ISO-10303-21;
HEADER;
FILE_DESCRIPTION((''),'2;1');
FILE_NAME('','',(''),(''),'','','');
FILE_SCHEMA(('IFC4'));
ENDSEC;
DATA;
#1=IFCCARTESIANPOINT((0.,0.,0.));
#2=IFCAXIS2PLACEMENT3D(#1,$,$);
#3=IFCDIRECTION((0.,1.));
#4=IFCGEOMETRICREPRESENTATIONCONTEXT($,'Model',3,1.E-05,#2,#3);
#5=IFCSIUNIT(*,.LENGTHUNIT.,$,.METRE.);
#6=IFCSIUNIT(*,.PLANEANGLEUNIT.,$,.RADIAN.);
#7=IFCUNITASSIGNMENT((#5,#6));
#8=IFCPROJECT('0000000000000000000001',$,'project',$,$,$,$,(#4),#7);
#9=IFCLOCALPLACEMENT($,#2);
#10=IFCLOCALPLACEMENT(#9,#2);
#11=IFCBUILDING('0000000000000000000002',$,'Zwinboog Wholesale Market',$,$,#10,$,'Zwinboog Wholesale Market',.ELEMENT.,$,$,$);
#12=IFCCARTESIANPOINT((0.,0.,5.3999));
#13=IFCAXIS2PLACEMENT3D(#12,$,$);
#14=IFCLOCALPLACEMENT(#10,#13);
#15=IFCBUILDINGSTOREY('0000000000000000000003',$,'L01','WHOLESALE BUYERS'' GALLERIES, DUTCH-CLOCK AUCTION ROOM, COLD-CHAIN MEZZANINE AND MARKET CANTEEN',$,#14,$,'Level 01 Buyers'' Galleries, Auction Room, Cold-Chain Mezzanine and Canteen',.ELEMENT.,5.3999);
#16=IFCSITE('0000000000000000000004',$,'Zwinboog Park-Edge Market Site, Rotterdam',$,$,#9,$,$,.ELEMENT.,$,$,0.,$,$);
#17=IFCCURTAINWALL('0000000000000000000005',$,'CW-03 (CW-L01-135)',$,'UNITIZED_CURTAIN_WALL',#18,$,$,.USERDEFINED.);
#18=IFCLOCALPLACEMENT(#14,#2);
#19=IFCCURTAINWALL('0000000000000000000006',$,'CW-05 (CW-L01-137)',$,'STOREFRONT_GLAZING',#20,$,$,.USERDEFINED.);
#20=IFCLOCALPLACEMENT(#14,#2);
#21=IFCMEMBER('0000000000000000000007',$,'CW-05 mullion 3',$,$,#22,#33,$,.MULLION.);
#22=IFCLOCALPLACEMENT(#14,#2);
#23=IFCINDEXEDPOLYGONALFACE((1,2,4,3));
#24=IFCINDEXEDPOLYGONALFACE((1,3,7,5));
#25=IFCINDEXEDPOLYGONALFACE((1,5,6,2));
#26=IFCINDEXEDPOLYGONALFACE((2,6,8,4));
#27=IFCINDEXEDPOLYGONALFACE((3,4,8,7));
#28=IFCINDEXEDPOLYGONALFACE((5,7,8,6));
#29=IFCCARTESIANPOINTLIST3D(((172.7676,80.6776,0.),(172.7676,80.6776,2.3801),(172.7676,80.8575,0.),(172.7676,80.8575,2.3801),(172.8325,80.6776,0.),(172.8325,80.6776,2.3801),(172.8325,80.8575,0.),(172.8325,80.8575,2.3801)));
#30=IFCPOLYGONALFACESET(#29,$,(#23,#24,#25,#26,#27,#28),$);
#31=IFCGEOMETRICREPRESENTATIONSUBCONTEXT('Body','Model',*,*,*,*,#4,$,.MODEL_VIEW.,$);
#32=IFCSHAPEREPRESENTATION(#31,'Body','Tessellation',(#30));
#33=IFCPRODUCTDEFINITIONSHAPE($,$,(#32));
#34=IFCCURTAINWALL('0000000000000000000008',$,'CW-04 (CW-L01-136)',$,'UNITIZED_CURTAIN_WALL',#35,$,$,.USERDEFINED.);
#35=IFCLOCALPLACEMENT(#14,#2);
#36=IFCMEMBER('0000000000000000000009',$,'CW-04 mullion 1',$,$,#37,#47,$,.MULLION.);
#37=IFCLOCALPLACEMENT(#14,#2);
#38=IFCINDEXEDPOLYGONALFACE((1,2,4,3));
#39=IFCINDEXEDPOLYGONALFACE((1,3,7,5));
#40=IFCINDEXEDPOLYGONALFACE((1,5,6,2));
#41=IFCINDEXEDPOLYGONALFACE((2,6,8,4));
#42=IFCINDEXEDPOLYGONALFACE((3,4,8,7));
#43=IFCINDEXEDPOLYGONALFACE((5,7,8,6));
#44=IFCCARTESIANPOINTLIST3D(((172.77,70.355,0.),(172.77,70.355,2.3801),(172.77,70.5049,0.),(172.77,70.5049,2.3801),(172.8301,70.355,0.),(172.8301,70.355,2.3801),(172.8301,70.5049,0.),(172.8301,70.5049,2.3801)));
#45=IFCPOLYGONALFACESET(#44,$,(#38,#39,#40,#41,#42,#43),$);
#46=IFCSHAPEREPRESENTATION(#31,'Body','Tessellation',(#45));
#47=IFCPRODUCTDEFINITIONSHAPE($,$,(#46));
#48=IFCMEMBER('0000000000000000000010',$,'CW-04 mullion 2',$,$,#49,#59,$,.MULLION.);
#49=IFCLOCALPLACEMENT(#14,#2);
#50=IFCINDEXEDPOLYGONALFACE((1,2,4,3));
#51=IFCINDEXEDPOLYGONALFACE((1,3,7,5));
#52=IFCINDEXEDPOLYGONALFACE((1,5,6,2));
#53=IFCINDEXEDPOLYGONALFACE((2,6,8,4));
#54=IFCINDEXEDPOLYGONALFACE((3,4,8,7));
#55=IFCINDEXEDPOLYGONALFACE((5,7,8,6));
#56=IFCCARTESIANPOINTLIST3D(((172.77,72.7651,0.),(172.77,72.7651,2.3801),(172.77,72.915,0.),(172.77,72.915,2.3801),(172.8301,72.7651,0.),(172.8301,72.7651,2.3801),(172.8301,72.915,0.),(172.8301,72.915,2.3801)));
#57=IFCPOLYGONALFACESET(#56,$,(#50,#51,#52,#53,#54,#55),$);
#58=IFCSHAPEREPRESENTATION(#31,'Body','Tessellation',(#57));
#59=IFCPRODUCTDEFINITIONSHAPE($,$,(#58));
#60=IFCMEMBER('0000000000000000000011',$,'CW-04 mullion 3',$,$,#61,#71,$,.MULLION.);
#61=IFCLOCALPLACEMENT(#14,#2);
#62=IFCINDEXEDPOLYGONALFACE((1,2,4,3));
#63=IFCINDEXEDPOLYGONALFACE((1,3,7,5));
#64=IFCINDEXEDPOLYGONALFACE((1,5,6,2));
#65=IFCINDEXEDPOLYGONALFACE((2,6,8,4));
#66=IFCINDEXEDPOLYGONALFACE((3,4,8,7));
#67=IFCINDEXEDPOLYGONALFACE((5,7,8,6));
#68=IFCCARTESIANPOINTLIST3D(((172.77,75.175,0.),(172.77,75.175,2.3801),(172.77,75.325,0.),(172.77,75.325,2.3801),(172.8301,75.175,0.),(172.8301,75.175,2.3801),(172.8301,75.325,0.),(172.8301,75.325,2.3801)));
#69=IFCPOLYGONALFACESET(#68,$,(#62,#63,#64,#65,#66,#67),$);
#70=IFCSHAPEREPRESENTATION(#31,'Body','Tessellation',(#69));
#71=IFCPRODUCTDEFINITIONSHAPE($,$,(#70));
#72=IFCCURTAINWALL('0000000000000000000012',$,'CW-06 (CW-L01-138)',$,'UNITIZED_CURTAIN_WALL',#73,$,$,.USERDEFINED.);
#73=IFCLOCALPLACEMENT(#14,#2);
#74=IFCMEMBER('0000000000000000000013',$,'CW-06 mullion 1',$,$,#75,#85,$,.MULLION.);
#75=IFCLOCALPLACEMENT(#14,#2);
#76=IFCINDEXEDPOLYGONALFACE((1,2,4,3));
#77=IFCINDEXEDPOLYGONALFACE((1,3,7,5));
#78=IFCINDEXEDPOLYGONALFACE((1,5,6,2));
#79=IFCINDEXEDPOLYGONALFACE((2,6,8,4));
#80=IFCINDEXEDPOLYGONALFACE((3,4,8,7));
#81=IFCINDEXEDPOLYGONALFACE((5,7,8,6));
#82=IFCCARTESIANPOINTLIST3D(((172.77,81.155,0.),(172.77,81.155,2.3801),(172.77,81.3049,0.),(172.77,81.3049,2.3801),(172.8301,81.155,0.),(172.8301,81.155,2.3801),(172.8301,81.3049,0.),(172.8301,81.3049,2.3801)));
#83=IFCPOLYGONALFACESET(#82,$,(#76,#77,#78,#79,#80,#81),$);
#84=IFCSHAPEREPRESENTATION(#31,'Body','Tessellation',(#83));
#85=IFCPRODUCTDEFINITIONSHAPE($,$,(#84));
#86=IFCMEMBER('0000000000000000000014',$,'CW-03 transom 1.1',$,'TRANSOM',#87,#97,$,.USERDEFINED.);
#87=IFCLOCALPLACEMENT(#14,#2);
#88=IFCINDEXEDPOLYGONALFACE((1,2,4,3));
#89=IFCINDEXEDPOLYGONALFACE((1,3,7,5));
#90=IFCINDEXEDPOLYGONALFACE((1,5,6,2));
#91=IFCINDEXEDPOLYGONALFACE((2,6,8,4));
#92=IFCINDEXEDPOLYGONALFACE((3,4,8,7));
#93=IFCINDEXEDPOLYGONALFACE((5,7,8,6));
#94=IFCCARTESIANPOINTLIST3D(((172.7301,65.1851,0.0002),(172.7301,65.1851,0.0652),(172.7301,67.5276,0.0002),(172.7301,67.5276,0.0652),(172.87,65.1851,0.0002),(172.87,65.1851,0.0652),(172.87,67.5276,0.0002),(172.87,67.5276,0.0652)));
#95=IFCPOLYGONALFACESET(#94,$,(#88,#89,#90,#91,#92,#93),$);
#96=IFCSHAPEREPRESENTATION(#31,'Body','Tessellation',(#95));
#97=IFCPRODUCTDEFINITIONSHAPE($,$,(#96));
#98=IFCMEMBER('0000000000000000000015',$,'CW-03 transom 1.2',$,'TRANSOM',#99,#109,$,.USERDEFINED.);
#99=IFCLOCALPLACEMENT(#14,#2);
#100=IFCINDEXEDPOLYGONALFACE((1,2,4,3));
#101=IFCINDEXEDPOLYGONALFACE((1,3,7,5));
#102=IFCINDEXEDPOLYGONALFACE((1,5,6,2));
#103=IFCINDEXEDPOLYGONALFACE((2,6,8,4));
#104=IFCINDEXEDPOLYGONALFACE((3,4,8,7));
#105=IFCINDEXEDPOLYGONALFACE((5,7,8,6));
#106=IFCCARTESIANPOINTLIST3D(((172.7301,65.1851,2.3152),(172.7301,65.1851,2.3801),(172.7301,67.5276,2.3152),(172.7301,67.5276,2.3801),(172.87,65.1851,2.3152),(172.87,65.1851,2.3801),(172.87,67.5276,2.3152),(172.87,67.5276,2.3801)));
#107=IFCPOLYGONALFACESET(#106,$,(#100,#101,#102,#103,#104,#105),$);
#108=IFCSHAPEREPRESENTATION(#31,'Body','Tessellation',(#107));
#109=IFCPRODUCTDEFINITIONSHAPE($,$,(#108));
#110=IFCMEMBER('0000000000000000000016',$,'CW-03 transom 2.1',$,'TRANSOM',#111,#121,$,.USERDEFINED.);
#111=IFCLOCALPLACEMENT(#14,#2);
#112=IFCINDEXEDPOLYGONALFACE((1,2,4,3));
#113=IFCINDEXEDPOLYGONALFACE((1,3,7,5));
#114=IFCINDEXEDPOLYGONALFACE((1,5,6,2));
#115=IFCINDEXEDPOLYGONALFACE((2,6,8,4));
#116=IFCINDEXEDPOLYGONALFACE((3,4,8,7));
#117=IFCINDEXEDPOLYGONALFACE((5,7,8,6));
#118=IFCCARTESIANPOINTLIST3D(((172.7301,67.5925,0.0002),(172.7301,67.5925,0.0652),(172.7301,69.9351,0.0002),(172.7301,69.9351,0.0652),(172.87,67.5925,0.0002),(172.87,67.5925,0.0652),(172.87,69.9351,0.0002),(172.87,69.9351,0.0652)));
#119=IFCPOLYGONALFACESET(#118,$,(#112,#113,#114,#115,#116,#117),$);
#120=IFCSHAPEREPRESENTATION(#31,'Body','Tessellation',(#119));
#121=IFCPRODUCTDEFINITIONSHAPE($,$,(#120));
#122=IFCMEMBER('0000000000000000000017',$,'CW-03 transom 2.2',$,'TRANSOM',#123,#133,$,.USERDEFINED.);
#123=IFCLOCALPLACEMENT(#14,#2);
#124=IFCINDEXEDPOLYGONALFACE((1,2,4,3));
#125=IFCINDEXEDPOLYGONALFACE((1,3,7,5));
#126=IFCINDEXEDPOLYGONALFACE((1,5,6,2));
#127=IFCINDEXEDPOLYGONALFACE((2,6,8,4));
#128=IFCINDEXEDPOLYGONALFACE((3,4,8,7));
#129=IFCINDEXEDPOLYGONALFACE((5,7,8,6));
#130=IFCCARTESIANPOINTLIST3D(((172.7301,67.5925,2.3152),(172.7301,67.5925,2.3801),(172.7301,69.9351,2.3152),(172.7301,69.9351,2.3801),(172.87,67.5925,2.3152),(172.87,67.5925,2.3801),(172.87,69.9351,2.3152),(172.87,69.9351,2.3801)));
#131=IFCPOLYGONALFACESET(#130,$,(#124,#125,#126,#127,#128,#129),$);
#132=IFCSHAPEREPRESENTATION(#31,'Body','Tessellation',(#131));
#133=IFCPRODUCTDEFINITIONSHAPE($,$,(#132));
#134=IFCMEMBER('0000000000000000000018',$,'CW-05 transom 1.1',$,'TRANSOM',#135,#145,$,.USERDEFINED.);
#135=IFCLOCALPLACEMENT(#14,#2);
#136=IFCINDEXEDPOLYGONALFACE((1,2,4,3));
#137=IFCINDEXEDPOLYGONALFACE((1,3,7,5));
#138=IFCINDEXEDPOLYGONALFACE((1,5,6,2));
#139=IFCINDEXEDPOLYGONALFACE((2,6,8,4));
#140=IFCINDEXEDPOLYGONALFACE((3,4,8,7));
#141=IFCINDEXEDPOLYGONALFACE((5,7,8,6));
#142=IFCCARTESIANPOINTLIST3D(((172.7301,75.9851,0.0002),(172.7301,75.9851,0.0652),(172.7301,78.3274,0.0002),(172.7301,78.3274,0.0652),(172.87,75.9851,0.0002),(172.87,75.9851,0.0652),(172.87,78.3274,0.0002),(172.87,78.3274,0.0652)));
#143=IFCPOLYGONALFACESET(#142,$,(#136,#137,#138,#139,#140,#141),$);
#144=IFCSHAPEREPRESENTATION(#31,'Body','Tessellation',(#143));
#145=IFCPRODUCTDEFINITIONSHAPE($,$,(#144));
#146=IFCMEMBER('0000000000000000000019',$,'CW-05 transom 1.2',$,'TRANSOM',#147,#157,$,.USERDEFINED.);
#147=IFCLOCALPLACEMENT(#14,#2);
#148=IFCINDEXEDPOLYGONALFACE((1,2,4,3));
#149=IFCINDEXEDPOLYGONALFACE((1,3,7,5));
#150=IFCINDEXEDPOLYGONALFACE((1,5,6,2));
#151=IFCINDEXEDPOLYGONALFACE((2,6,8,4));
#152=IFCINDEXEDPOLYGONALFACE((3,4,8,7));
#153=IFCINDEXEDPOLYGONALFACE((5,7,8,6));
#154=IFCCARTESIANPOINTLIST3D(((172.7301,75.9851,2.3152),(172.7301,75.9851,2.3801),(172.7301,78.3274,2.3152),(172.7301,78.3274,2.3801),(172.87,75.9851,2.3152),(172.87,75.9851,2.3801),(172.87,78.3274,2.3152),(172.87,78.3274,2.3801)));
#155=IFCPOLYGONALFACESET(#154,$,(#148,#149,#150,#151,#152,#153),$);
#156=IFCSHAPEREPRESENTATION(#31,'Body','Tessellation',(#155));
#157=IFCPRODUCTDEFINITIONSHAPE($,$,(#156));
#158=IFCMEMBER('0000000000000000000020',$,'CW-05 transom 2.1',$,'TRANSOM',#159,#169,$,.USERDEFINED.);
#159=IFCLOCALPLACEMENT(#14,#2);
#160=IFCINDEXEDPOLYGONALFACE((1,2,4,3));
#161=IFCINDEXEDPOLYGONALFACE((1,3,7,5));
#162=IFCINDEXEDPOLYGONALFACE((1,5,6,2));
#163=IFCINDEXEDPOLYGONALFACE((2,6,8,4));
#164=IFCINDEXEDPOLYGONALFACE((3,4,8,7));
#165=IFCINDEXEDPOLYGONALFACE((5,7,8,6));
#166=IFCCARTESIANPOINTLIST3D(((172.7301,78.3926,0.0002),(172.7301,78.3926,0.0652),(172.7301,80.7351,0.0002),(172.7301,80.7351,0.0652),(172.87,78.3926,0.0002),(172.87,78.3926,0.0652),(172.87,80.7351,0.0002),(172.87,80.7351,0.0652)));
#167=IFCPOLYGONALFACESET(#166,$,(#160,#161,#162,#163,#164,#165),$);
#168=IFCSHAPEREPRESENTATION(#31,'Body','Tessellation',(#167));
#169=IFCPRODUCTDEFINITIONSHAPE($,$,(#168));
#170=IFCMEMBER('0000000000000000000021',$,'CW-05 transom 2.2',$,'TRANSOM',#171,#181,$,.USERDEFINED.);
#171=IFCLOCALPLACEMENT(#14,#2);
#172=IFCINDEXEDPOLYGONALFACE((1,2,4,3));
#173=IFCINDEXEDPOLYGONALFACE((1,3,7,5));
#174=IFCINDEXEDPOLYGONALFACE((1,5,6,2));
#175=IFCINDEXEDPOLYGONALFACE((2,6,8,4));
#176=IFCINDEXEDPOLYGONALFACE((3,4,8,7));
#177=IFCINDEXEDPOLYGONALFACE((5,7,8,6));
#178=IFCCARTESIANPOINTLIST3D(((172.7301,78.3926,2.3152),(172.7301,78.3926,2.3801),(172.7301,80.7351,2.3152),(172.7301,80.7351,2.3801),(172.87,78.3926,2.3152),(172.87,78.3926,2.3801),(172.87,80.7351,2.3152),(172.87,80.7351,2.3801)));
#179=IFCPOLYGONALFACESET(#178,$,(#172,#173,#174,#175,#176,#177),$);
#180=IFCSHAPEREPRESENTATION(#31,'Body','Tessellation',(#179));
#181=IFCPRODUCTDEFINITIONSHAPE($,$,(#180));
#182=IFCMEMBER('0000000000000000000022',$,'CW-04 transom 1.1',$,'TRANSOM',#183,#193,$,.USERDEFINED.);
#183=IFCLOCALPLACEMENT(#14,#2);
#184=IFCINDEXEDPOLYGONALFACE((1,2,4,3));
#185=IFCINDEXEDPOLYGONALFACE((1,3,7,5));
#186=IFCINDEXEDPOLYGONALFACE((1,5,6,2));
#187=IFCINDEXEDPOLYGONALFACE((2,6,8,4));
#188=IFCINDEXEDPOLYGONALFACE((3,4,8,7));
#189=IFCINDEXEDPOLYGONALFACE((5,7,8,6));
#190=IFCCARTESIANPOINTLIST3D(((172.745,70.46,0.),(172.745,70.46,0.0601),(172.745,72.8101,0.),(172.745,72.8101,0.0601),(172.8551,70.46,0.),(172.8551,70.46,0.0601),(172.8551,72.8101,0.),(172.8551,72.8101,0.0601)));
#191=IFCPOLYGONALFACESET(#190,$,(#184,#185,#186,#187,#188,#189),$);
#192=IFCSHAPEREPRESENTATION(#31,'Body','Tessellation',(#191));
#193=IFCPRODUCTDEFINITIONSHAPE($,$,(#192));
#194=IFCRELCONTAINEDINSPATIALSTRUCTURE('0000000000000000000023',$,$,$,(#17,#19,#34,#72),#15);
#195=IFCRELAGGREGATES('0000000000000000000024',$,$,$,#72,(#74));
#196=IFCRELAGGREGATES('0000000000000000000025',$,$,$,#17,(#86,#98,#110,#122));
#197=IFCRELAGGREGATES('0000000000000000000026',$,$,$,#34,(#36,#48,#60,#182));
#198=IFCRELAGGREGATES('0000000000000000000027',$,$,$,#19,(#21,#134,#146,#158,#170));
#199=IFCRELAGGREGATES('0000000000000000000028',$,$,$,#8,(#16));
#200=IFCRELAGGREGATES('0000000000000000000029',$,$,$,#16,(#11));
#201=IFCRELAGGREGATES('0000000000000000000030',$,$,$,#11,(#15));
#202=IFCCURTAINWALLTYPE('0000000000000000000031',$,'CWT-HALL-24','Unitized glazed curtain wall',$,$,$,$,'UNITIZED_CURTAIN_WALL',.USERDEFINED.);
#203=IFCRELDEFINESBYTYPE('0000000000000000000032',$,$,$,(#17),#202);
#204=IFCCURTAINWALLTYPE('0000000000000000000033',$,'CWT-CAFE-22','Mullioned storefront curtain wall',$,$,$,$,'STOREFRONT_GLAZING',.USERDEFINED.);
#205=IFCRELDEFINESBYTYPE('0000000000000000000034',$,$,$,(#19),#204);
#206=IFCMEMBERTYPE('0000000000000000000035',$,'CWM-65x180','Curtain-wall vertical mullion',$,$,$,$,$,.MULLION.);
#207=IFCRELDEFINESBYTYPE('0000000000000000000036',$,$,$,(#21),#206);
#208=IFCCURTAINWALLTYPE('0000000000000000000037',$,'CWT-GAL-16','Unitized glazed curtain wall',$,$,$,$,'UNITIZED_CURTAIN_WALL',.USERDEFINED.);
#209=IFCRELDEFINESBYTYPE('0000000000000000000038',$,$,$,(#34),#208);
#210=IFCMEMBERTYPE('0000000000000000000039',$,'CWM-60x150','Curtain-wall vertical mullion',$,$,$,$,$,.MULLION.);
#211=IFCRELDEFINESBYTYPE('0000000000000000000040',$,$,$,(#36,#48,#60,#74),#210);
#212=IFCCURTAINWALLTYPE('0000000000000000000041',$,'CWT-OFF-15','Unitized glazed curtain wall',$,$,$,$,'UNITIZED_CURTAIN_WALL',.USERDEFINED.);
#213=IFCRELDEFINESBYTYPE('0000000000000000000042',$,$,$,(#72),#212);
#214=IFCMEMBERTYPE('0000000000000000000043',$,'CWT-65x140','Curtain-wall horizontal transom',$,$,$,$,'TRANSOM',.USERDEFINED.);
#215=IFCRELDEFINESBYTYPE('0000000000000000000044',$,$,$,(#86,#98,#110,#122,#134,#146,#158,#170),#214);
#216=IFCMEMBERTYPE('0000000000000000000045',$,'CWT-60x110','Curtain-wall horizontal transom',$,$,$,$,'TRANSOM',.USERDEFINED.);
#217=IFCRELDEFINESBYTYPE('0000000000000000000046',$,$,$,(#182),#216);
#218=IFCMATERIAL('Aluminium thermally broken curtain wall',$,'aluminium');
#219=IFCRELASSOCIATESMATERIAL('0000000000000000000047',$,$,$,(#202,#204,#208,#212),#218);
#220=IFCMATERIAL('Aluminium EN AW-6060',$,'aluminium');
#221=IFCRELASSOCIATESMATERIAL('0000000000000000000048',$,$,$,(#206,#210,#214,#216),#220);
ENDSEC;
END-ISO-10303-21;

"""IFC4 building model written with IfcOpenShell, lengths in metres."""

from ifc_helpers import new_model, si_unit, direction, frame, origin, origin_2d, place, context, subcontext, project, spatial, rectangle, extrude, material, material_profile, profile_set, type_object, element, aggregate, save


model = new_model("IFC4")

# Units and contexts
model_context = context("Model", 3, precision=1e-05, world=origin(), true_north=direction((0.0, 1.0)))
body_context = subcontext(model_context, "Body", "Model", "MODEL_VIEW")
ifc_project = project(units=[si_unit("LENGTHUNIT", "METRE"), si_unit("PLANEANGLEUNIT", "RADIAN")], contexts=[model_context])

# Site, building, storey
site_placement = place(None, origin())
site = spatial("IfcSite", under=ifc_project, at=site_placement, Name="Zwinboog Park-Edge Market Site, Rotterdam", CompositionType="ELEMENT", RefElevation=0.0)
building_placement = place(site_placement, origin())
building = spatial("IfcBuilding", under=site, at=building_placement, Name="Zwinboog Wholesale Market", LongName="Zwinboog Wholesale Market", CompositionType="ELEMENT")
storey_placement = place(building_placement, frame((0.0, 0.0, 5.3999)))
storey = spatial("IfcBuildingStorey", under=building, at=storey_placement, Name="L01", Description="WHOLESALE BUYERS' GALLERIES, DUTCH-CLOCK AUCTION ROOM, COLD-CHAIN MEZZANINE AND MARKET CANTEEN", LongName="Level 01 Buyers' Galleries, Auction Room, Cold-Chain Mezzanine and Canteen", CompositionType="ELEMENT", Elevation=5.3999)

# Curtain walls, members
ifc_material_1 = material(Name="Aluminium thermally broken curtain wall", Category="aluminium")
curtain_wall_type_1 = type_object("IfcCurtainWallType", Name="CWT-HALL-24", Description="Unitized glazed curtain wall", ElementType="UNITIZED_CURTAIN_WALL", PredefinedType="USERDEFINED", material=ifc_material_1)
curtain_wall_1_placement = place(storey_placement, origin())
curtain_wall_1 = element("IfcCurtainWall", 1, at=curtain_wall_1_placement, inside=storey, type_object=curtain_wall_type_1, Name="CW-03 (CW-L01-135)", ObjectType="UNITIZED_CURTAIN_WALL", PredefinedType="USERDEFINED")
ifc_material_2 = material(Name="Aluminium EN AW-6060", Category="aluminium")
ifc_material_profile_1 = material_profile(ifc_material_2, rectangle(XDim=0.0649, YDim=0.1799, at=origin_2d()), Name="AL 65x180")
ifc_profile_set_1 = profile_set([ifc_material_profile_1], Name="Aluminium EN AW-6060")
member_type_1 = type_object("IfcMemberType", Name="CWM-65x180", Description="Curtain-wall vertical mullion", PredefinedType="MULLION", material=ifc_profile_set_1)
curtain_wall_type_2 = type_object("IfcCurtainWallType", Name="CWT-CAFE-22", Description="Mullioned storefront curtain wall", ElementType="STOREFRONT_GLAZING", PredefinedType="USERDEFINED", material=ifc_material_1)
curtain_wall_2_placement = place(storey_placement, origin())
curtain_wall_2 = element("IfcCurtainWall", 2, at=curtain_wall_2_placement, inside=storey, type_object=curtain_wall_type_2, Name="CW-05 (CW-L01-137)", ObjectType="STOREFRONT_GLAZING", PredefinedType="USERDEFINED")
member_1_placement = place(storey_placement, frame((172.8, 80.7676, 0.0), z_axis=(0.0, 0.0, 1.0), x_axis=(-1.0, 0.0, 0.0)))
member_1 = element("IfcMember", 3, at=member_1_placement, type_object=member_type_1, Name="CW-05 mullion 3", PredefinedType="MULLION", context=body_context, shape_type="SweptSolid", body=[
    extrude(rectangle(XDim=0.0649, YDim=0.1799, at=origin_2d()), origin(), (0.0, 0.0, 1.0), 2.3801),
])
curtain_wall_type_3 = type_object("IfcCurtainWallType", Name="CWT-GAL-16", Description="Unitized glazed curtain wall", ElementType="UNITIZED_CURTAIN_WALL", PredefinedType="USERDEFINED", material=ifc_material_1)
curtain_wall_3_placement = place(storey_placement, origin())
curtain_wall_3 = element("IfcCurtainWall", 4, at=curtain_wall_3_placement, inside=storey, type_object=curtain_wall_type_3, Name="CW-04 (CW-L01-136)", ObjectType="UNITIZED_CURTAIN_WALL", PredefinedType="USERDEFINED")
ifc_material_profile_2 = material_profile(ifc_material_2, rectangle(XDim=0.0601, YDim=0.1499, at=origin_2d()), Name="AL 60x150")
ifc_profile_set_2 = profile_set([ifc_material_profile_2], Name="Aluminium EN AW-6060")
member_type_2 = type_object("IfcMemberType", Name="CWM-60x150", Description="Curtain-wall vertical mullion", PredefinedType="MULLION", material=ifc_profile_set_2)
member_2_placement = place(storey_placement, frame((172.8, 70.4299, 0.0), z_axis=(0.0, 0.0, 1.0), x_axis=(-1.0, 0.0, 0.0)))
member_2 = element("IfcMember", 5, at=member_2_placement, type_object=member_type_2, Name="CW-04 mullion 1", PredefinedType="MULLION", context=body_context, shape_type="SweptSolid", body=[
    extrude(rectangle(XDim=0.0601, YDim=0.1499, at=origin_2d()), origin(), (0.0, 0.0, 1.0), 2.3801),
])
member_3_placement = place(storey_placement, frame((172.8, 72.8401, 0.0), z_axis=(0.0, 0.0, 1.0), x_axis=(-1.0, 0.0, 0.0)))
member_3 = element("IfcMember", 6, at=member_3_placement, type_object=member_type_2, Name="CW-04 mullion 2", PredefinedType="MULLION", context=body_context, shape_type="SweptSolid", body=[
    extrude(rectangle(XDim=0.0601, YDim=0.1499, at=origin_2d()), origin(), (0.0, 0.0, 1.0), 2.3801),
])
member_4_placement = place(storey_placement, frame((172.8, 75.25, 0.0), z_axis=(0.0, 0.0, 1.0), x_axis=(-1.0, 0.0, 0.0)))
member_4 = element("IfcMember", 7, at=member_4_placement, type_object=member_type_2, Name="CW-04 mullion 3", PredefinedType="MULLION", context=body_context, shape_type="SweptSolid", body=[
    extrude(rectangle(XDim=0.0601, YDim=0.1499, at=origin_2d()), origin(), (0.0, 0.0, 1.0), 2.3801),
])

# Curtain wall, member
curtain_wall_type_4 = type_object("IfcCurtainWallType", Name="CWT-OFF-15", Description="Unitized glazed curtain wall", ElementType="UNITIZED_CURTAIN_WALL", PredefinedType="USERDEFINED", material=ifc_material_1)
curtain_wall_4_placement = place(storey_placement, origin())
curtain_wall_4 = element("IfcCurtainWall", 8, at=curtain_wall_4_placement, inside=storey, type_object=curtain_wall_type_4, Name="CW-06 (CW-L01-138)", ObjectType="UNITIZED_CURTAIN_WALL", PredefinedType="USERDEFINED")
member_5_placement = place(storey_placement, frame((172.8, 81.23, 0.0), z_axis=(0.0, 0.0, 1.0), x_axis=(-1.0, 0.0, 0.0)))
member_5 = element("IfcMember", 9, at=member_5_placement, type_object=member_type_2, Name="CW-06 mullion 1", PredefinedType="MULLION", context=body_context, shape_type="SweptSolid", body=[
    extrude(rectangle(XDim=0.0601, YDim=0.1499, at=origin_2d()), origin(), (0.0, 0.0, 1.0), 2.3801),
])

# Members
ifc_material_profile_3 = material_profile(ifc_material_2, rectangle(XDim=0.1399, YDim=0.0649, at=origin_2d()), Name="AL 65x140")
ifc_profile_set_3 = profile_set([ifc_material_profile_3], Name="Aluminium EN AW-6060")
member_type_3 = type_object("IfcMemberType", Name="CWT-65x140", Description="Curtain-wall horizontal transom", ElementType="TRANSOM", PredefinedType="USERDEFINED", material=ifc_profile_set_3)
member_6_placement = place(storey_placement, frame((172.8, 65.1851, 0.0327), z_axis=(0.0, 1.0, 0.0), x_axis=(-1.0, 0.0, 0.0)))
member_6 = element("IfcMember", 10, at=member_6_placement, type_object=member_type_3, Name="CW-03 transom 1.1", ObjectType="TRANSOM", PredefinedType="USERDEFINED", context=body_context, shape_type="SweptSolid", body=[
    extrude(rectangle(XDim=0.1399, YDim=0.0649, at=origin_2d()), origin(), (0.0, 0.0, 1.0), 2.3425),
])
member_7_placement = place(storey_placement, frame((172.8, 65.1851, 2.3477), z_axis=(0.0, 1.0, 0.0), x_axis=(-1.0, 0.0, 0.0)))
member_7 = element("IfcMember", 11, at=member_7_placement, type_object=member_type_3, Name="CW-03 transom 1.2", ObjectType="TRANSOM", PredefinedType="USERDEFINED", context=body_context, shape_type="SweptSolid", body=[
    extrude(rectangle(XDim=0.1399, YDim=0.0649, at=origin_2d()), origin(), (0.0, 0.0, 1.0), 2.3425),
])
member_8_placement = place(storey_placement, frame((172.8, 67.5925, 0.0327), z_axis=(0.0, 1.0, 0.0), x_axis=(-1.0, 0.0, 0.0)))
member_8 = element("IfcMember", 12, at=member_8_placement, type_object=member_type_3, Name="CW-03 transom 2.1", ObjectType="TRANSOM", PredefinedType="USERDEFINED", context=body_context, shape_type="SweptSolid", body=[
    extrude(rectangle(XDim=0.1399, YDim=0.0649, at=origin_2d()), origin(), (0.0, 0.0, 1.0), 2.3425),
])
member_9_placement = place(storey_placement, frame((172.8, 67.5925, 2.3477), z_axis=(0.0, 1.0, 0.0), x_axis=(-1.0, 0.0, 0.0)))
member_9 = element("IfcMember", 13, at=member_9_placement, type_object=member_type_3, Name="CW-03 transom 2.2", ObjectType="TRANSOM", PredefinedType="USERDEFINED", context=body_context, shape_type="SweptSolid", body=[
    extrude(rectangle(XDim=0.1399, YDim=0.0649, at=origin_2d()), origin(), (0.0, 0.0, 1.0), 2.3425),
])
member_10_placement = place(storey_placement, frame((172.8, 75.9851, 0.0327), z_axis=(0.0, 1.0, 0.0), x_axis=(-1.0, 0.0, 0.0)))
member_10 = element("IfcMember", 14, at=member_10_placement, type_object=member_type_3, Name="CW-05 transom 1.1", ObjectType="TRANSOM", PredefinedType="USERDEFINED", context=body_context, shape_type="SweptSolid", body=[
    extrude(rectangle(XDim=0.1399, YDim=0.0649, at=origin_2d()), origin(), (0.0, 0.0, 1.0), 2.3423),
])
member_11_placement = place(storey_placement, frame((172.8, 75.9851, 2.3477), z_axis=(0.0, 1.0, 0.0), x_axis=(-1.0, 0.0, 0.0)))
member_11 = element("IfcMember", 15, at=member_11_placement, type_object=member_type_3, Name="CW-05 transom 1.2", ObjectType="TRANSOM", PredefinedType="USERDEFINED", context=body_context, shape_type="SweptSolid", body=[
    extrude(rectangle(XDim=0.1399, YDim=0.0649, at=origin_2d()), origin(), (0.0, 0.0, 1.0), 2.3423),
])
member_12_placement = place(storey_placement, frame((172.8, 78.3926, 0.0327), z_axis=(0.0, 1.0, 0.0), x_axis=(-1.0, 0.0, 0.0)))
member_12 = element("IfcMember", 16, at=member_12_placement, type_object=member_type_3, Name="CW-05 transom 2.1", ObjectType="TRANSOM", PredefinedType="USERDEFINED", context=body_context, shape_type="SweptSolid", body=[
    extrude(rectangle(XDim=0.1399, YDim=0.0649, at=origin_2d()), origin(), (0.0, 0.0, 1.0), 2.3425),
])
member_13_placement = place(storey_placement, frame((172.8, 78.3926, 2.3477), z_axis=(0.0, 1.0, 0.0), x_axis=(-1.0, 0.0, 0.0)))
member_13 = element("IfcMember", 17, at=member_13_placement, type_object=member_type_3, Name="CW-05 transom 2.2", ObjectType="TRANSOM", PredefinedType="USERDEFINED", context=body_context, shape_type="SweptSolid", body=[
    extrude(rectangle(XDim=0.1399, YDim=0.0649, at=origin_2d()), origin(), (0.0, 0.0, 1.0), 2.3425),
])
ifc_material_profile_4 = material_profile(ifc_material_2, rectangle(XDim=0.1101, YDim=0.0601, at=origin_2d()), Name="AL 60x110")
ifc_profile_set_4 = profile_set([ifc_material_profile_4], Name="Aluminium EN AW-6060")
member_type_4 = type_object("IfcMemberType", Name="CWT-60x110", Description="Curtain-wall horizontal transom", ElementType="TRANSOM", PredefinedType="USERDEFINED", material=ifc_profile_set_4)
member_14_placement = place(storey_placement, frame((172.8, 70.46, 0.03), z_axis=(0.0, 1.0, 0.0), x_axis=(-1.0, 0.0, 0.0)))
member_14 = element("IfcMember", 18, at=member_14_placement, type_object=member_type_4, Name="CW-04 transom 1.1", ObjectType="TRANSOM", PredefinedType="USERDEFINED", context=body_context, shape_type="SweptSolid", body=[
    extrude(rectangle(XDim=0.1101, YDim=0.0601, at=origin_2d()), origin(), (0.0, 0.0, 1.0), 2.3501),
])
aggregate(curtain_wall_4, [member_5])

aggregate(curtain_wall_1, [member_6, member_7, member_8, member_9])
aggregate(curtain_wall_3, [member_2, member_3, member_4, member_14])
aggregate(curtain_wall_2, [member_1, member_10, member_11, member_12, member_13])

save(model, "model.ifc")
